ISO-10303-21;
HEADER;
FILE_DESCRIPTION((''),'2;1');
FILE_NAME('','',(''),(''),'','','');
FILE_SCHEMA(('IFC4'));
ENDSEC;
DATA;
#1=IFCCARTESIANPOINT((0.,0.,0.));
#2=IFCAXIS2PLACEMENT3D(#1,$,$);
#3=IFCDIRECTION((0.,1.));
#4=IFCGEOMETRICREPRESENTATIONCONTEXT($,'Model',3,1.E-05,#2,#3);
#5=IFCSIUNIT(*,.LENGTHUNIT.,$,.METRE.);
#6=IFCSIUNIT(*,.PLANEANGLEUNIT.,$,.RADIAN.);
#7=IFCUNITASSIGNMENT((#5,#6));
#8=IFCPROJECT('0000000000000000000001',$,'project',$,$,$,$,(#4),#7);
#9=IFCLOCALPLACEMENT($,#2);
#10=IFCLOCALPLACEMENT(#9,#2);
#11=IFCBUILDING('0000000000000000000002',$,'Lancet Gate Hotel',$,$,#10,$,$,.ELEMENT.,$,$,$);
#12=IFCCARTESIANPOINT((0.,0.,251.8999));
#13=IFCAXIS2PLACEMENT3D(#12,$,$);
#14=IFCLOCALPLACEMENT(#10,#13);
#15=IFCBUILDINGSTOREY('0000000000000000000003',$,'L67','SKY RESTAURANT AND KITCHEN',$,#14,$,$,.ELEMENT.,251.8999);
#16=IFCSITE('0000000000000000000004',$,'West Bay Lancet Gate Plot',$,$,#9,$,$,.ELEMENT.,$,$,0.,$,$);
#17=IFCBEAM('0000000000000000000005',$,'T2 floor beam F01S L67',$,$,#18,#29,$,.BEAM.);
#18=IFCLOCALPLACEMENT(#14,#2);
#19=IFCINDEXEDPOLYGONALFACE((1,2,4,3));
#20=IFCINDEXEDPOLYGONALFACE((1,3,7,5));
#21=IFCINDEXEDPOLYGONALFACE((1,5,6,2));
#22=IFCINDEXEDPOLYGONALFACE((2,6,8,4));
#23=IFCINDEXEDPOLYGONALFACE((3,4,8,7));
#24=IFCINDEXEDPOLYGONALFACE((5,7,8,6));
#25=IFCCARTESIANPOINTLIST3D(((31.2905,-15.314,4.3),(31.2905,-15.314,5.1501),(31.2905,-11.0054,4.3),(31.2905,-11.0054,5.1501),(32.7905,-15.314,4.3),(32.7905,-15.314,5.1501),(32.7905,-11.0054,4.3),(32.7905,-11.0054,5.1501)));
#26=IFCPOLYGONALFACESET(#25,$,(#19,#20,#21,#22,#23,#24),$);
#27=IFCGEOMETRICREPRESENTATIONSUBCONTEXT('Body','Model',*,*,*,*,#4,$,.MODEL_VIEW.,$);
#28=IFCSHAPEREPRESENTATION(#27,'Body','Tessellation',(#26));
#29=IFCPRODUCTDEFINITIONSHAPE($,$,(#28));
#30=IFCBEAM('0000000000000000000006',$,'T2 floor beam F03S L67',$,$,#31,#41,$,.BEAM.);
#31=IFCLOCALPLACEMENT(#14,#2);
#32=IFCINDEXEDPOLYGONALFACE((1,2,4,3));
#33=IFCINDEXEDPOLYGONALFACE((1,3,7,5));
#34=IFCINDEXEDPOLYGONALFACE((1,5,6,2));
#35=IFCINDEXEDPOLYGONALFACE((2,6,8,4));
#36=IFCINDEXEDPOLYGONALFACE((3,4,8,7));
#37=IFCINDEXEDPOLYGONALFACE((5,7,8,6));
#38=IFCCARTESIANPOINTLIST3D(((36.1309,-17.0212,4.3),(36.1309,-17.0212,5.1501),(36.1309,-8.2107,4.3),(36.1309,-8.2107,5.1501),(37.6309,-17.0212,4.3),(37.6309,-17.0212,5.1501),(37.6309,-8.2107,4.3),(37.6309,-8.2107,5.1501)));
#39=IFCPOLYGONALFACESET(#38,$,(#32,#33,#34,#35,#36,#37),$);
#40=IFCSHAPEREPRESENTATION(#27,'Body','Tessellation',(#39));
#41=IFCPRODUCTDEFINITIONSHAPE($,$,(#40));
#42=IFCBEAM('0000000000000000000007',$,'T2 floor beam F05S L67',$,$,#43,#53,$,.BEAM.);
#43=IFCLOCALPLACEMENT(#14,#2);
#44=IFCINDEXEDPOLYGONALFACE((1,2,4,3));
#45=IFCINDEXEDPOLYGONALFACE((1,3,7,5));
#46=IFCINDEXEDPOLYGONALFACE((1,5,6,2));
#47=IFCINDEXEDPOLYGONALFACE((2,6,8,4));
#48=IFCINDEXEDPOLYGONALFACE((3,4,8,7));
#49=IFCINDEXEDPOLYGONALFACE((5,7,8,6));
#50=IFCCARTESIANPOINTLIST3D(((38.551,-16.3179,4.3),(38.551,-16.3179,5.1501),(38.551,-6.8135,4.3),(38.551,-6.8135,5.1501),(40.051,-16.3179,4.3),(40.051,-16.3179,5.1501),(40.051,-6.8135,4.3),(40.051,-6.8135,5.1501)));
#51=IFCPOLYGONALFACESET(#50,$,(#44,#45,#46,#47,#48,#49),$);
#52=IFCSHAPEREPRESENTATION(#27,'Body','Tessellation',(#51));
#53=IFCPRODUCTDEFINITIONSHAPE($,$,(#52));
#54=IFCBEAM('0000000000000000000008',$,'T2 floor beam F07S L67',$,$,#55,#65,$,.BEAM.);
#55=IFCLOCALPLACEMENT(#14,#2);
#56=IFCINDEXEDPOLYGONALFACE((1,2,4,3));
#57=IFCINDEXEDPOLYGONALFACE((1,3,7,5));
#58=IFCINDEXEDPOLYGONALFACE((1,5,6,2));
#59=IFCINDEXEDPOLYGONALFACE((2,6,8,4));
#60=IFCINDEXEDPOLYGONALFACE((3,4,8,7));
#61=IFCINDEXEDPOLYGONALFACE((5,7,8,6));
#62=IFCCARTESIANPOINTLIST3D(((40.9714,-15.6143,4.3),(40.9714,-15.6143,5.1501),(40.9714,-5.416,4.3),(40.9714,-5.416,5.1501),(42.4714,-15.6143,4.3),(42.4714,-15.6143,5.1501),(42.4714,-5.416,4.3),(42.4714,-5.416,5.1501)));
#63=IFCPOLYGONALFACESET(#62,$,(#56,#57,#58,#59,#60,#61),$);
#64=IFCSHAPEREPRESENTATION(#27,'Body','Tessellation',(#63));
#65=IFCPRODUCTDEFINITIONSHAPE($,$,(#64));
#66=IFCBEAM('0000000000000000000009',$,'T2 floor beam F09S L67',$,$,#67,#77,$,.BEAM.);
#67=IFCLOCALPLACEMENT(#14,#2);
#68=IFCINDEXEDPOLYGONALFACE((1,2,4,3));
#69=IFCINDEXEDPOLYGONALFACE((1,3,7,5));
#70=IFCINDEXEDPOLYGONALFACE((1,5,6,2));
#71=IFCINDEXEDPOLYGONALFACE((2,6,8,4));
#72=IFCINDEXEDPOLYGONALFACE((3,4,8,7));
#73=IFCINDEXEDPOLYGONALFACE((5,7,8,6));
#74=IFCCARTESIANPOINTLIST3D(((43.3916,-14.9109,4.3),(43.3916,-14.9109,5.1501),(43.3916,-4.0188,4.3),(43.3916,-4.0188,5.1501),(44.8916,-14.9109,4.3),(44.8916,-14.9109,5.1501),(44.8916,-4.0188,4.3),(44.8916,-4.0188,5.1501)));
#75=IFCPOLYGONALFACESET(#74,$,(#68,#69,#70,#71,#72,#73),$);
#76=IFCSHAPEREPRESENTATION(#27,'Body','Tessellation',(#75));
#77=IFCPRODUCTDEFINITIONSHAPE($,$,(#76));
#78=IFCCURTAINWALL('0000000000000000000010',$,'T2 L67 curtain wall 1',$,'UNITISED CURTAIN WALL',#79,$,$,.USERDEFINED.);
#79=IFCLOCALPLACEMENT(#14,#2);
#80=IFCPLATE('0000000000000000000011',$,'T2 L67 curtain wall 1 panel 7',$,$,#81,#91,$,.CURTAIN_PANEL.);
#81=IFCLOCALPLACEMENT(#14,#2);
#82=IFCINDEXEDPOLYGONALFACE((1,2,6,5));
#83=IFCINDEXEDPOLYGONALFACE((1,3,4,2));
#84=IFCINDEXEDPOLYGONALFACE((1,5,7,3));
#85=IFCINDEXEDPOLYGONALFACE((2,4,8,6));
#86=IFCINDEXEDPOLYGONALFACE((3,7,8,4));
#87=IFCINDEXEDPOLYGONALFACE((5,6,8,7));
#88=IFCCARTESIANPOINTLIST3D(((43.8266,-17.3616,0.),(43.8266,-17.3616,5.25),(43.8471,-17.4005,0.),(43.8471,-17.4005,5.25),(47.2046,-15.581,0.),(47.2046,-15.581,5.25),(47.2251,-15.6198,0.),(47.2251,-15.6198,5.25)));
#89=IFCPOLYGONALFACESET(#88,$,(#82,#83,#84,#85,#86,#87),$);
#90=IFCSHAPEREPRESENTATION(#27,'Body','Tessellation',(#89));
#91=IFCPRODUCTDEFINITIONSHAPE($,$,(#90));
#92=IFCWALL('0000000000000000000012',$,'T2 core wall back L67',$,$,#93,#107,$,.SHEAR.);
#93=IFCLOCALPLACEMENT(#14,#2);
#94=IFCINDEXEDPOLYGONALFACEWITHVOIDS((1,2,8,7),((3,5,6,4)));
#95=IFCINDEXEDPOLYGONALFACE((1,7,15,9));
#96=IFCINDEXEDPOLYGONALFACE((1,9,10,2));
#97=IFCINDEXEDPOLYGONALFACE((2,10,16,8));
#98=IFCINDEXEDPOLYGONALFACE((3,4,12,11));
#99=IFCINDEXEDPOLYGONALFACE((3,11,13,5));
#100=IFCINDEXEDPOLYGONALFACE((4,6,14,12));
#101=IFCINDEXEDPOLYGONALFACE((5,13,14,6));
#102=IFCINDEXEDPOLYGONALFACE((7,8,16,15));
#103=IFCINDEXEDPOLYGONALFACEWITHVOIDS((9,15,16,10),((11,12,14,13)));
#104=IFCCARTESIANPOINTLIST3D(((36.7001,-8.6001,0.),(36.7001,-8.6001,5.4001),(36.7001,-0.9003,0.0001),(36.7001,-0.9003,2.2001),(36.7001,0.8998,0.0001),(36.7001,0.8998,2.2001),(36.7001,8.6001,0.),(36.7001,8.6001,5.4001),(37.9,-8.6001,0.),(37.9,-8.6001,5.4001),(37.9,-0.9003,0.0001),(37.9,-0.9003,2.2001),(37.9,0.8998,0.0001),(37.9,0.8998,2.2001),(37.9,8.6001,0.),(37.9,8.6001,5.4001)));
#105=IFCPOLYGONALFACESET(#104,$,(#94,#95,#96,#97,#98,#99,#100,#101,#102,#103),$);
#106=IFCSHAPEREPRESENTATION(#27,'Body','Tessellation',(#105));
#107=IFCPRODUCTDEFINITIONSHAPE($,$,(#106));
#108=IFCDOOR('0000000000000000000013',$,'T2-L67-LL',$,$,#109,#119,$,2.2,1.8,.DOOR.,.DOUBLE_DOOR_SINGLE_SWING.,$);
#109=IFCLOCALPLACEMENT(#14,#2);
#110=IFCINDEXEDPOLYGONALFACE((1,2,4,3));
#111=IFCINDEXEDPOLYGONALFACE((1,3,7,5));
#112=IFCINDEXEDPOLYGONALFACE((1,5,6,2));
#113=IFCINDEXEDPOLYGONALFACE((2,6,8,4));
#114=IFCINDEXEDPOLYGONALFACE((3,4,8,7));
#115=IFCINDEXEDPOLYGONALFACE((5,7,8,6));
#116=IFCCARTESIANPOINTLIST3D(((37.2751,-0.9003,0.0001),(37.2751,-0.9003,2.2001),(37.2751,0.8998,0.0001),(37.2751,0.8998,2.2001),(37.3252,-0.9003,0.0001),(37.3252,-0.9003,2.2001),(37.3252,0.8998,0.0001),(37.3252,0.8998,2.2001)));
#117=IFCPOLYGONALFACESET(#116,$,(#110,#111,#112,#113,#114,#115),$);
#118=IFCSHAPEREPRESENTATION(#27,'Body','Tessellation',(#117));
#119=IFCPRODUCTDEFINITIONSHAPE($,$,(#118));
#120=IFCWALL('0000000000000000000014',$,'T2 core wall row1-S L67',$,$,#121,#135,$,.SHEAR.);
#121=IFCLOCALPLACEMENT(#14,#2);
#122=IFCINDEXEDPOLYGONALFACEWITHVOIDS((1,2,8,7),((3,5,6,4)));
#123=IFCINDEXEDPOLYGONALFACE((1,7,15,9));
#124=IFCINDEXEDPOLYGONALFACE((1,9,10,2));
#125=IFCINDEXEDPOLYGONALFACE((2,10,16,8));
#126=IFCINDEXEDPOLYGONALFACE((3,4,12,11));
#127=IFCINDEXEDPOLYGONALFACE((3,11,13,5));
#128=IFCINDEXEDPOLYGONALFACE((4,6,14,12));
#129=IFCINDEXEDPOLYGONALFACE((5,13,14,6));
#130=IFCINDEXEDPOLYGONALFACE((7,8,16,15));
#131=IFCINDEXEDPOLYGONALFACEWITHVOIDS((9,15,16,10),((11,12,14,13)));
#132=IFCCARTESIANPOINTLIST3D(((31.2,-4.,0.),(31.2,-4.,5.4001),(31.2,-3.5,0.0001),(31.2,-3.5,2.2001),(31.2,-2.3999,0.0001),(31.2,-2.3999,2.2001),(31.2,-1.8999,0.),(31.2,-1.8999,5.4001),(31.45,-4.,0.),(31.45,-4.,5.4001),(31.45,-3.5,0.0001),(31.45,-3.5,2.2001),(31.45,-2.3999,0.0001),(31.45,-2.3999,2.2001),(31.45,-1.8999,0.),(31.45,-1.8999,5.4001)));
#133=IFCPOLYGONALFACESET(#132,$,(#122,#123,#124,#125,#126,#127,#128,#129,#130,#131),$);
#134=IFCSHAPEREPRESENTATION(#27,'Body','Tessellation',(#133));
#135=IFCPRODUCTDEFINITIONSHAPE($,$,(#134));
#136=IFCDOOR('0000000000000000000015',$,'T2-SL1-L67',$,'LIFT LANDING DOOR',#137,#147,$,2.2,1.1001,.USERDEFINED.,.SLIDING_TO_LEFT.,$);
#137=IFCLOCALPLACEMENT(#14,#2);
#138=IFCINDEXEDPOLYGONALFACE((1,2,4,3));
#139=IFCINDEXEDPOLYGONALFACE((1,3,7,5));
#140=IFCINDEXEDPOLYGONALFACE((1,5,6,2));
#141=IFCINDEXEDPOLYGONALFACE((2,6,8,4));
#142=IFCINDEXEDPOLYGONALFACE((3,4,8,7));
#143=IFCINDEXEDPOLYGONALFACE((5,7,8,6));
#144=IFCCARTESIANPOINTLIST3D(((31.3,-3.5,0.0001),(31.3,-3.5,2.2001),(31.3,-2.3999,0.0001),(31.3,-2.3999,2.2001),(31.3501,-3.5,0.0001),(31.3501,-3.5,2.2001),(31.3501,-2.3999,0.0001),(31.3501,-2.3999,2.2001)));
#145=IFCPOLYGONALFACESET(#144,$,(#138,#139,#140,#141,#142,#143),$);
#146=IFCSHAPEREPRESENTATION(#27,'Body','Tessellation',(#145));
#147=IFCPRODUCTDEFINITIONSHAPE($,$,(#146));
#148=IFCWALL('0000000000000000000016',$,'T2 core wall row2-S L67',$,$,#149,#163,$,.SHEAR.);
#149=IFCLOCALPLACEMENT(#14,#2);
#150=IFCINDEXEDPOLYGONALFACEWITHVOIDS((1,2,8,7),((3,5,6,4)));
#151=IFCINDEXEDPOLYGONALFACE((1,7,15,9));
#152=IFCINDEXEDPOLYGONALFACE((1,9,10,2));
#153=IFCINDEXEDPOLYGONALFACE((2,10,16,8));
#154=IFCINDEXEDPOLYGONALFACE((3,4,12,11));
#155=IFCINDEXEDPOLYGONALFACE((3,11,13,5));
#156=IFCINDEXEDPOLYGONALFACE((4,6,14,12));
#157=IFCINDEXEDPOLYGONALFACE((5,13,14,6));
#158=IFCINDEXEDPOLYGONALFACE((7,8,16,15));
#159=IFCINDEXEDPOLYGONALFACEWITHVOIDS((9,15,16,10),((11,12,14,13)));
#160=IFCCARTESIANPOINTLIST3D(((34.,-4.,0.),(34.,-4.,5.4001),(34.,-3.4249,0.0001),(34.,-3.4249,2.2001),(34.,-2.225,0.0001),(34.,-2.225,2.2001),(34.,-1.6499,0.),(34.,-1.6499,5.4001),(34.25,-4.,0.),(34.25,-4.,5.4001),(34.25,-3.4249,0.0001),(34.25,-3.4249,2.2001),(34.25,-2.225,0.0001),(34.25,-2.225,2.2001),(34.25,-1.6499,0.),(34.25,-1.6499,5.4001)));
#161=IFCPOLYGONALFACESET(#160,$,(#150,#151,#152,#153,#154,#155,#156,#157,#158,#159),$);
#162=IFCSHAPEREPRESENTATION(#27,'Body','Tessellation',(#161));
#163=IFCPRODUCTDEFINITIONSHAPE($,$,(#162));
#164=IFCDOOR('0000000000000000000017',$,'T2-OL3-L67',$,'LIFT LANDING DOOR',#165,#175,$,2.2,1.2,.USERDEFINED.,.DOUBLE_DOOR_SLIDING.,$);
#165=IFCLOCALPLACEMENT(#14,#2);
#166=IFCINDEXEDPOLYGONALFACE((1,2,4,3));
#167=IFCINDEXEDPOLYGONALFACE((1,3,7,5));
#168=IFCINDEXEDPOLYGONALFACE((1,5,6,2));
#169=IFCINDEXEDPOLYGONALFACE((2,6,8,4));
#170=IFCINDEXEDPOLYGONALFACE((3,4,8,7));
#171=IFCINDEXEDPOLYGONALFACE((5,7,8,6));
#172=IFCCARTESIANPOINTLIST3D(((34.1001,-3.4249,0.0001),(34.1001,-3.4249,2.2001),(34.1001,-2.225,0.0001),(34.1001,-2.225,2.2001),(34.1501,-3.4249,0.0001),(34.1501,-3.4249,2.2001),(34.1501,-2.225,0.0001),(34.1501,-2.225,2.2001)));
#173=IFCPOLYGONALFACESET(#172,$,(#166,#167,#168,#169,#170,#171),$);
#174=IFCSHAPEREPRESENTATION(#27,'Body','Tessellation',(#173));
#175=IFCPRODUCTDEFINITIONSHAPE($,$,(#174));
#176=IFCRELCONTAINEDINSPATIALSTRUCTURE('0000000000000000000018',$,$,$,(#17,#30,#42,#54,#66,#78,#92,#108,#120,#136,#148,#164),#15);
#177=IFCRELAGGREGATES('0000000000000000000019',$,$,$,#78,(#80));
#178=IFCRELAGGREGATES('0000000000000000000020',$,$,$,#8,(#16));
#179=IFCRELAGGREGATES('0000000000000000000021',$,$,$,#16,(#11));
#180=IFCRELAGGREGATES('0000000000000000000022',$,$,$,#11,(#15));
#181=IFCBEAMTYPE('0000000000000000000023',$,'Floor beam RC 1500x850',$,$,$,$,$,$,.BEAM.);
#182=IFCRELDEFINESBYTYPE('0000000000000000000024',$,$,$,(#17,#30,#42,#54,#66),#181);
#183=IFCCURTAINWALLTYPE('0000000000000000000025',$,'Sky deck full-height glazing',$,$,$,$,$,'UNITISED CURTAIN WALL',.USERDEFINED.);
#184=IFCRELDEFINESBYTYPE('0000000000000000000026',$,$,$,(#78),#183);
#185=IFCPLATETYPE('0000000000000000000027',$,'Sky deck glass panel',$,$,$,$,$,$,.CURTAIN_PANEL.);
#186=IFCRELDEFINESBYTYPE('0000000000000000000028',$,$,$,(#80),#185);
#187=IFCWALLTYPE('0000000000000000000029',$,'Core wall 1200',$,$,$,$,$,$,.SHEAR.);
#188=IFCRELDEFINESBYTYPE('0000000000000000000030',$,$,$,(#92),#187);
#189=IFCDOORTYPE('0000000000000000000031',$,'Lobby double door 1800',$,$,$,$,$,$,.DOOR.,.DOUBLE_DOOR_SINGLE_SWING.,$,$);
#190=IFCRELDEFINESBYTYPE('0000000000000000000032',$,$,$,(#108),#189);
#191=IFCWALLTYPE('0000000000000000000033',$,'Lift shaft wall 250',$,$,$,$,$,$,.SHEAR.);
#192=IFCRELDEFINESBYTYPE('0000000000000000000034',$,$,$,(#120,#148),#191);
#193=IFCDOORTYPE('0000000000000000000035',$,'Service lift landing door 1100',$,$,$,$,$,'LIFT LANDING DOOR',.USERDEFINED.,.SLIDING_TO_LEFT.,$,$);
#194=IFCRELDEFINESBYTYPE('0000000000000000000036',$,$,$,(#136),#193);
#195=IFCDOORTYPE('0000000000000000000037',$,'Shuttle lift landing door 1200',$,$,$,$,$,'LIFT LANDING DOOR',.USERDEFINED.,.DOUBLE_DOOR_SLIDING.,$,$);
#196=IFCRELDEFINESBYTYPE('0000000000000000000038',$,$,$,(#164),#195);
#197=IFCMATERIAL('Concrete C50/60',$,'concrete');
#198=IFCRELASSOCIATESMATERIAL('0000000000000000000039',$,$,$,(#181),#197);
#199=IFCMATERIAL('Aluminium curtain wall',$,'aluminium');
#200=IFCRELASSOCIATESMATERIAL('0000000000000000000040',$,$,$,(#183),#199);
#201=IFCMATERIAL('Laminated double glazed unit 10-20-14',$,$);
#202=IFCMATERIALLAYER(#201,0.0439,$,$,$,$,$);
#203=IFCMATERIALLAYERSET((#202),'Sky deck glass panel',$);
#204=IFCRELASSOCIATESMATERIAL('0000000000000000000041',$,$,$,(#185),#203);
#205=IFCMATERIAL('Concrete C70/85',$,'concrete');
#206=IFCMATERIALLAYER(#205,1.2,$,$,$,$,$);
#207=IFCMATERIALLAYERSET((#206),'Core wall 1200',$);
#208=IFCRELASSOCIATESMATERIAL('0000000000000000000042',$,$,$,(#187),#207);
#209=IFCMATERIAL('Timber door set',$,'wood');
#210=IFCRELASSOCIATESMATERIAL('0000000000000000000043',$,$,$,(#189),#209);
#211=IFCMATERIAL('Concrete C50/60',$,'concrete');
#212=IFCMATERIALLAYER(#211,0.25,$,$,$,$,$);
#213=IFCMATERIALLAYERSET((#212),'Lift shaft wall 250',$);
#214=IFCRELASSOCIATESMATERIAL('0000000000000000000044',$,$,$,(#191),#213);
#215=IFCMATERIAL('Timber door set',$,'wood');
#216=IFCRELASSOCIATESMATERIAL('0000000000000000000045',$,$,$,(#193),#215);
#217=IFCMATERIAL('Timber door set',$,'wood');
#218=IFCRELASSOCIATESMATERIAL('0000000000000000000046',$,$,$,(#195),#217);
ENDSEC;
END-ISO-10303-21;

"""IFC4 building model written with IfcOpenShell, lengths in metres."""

from ifc_helpers import new_model, si_unit, direction, frame, frame_2d, origin, origin_2d, place, context, subcontext, project, spatial, rectangle, extrude, material, layer, layer_set, material_profile, profile_set, type_object, element, fill, aggregate, save


model = new_model("IFC4")

# Units and contexts
model_context = context("Model", 3, precision=1e-05, world=origin(), true_north=direction((0.0, 1.0)))
body_context = subcontext(model_context, "Body", "Model", "MODEL_VIEW")
ifc_project = project(units=[si_unit("LENGTHUNIT", "METRE"), si_unit("PLANEANGLEUNIT", "RADIAN")], contexts=[model_context])

# Site, building, storey
site_placement = place(None, origin())
site = spatial("IfcSite", under=ifc_project, at=site_placement, Name="West Bay Lancet Gate Plot", CompositionType="ELEMENT", RefElevation=0.0)
building_placement = place(site_placement, origin())
building = spatial("IfcBuilding", under=site, at=building_placement, Name="Lancet Gate Hotel", CompositionType="ELEMENT")
storey_placement = place(building_placement, frame((0.0, 0.0, 251.8999)))
storey = spatial("IfcBuildingStorey", under=building, at=storey_placement, Name="L67", Description="SKY RESTAURANT AND KITCHEN", CompositionType="ELEMENT", Elevation=251.8999)

# Beams
ifc_material_1 = material(Name="Concrete C50/60", Category="concrete")
ifc_material_profile = material_profile(ifc_material_1, rectangle(XDim=1.5, YDim=0.8501, at=origin_2d()), Name="RC 1500x850")
ifc_profile_set = profile_set([ifc_material_profile], Name="Concrete C50/60")
beam_type = type_object("IfcBeamType", Name="Floor beam RC 1500x850", PredefinedType="BEAM", material=ifc_profile_set)
beam_1_placement = place(storey_placement, frame((32.0405, -15.314, 4.7251), z_axis=(0.0, 1.0, 0.0), x_axis=(-1.0, 0.0, 0.0)))
element("IfcBeam", 1, at=beam_1_placement, inside=storey, type_object=beam_type, Name="T2 floor beam F01S L67", PredefinedType="BEAM", context=body_context, shape_type="SweptSolid", body=[
    extrude(rectangle(XDim=1.5, YDim=0.8501, at=origin_2d()), origin(), (0.0, 0.0, 1.0), 4.3086),
])
beam_2_placement = place(storey_placement, frame((36.8809, -17.0212, 4.7251), z_axis=(0.0, 1.0, 0.0), x_axis=(-1.0, 0.0, 0.0)))
element("IfcBeam", 2, at=beam_2_placement, inside=storey, type_object=beam_type, Name="T2 floor beam F03S L67", PredefinedType="BEAM", context=body_context, shape_type="SweptSolid", body=[
    extrude(rectangle(XDim=1.5, YDim=0.8501, at=origin_2d()), origin(), (0.0, 0.0, 1.0), 8.8105),
])
beam_3_placement = place(storey_placement, frame((39.301, -16.3179, 4.7251), z_axis=(0.0, 1.0, 0.0), x_axis=(-1.0, 0.0, 0.0)))
element("IfcBeam", 3, at=beam_3_placement, inside=storey, type_object=beam_type, Name="T2 floor beam F05S L67", PredefinedType="BEAM", context=body_context, shape_type="SweptSolid", body=[
    extrude(rectangle(XDim=1.5, YDim=0.8501, at=origin_2d()), origin(), (0.0, 0.0, 1.0), 9.5044),
])
beam_4_placement = place(storey_placement, frame((41.7214, -15.6143, 4.7251), z_axis=(0.0, 1.0, 0.0), x_axis=(-1.0, 0.0, 0.0)))
element("IfcBeam", 4, at=beam_4_placement, inside=storey, type_object=beam_type, Name="T2 floor beam F07S L67", PredefinedType="BEAM", context=body_context, shape_type="SweptSolid", body=[
    extrude(rectangle(XDim=1.5, YDim=0.8501, at=origin_2d()), origin(), (0.0, 0.0, 1.0), 10.1982),
])
beam_5_placement = place(storey_placement, frame((44.1416, -14.9109, 4.7251), z_axis=(0.0, 1.0, 0.0), x_axis=(-1.0, 0.0, 0.0)))
element("IfcBeam", 5, at=beam_5_placement, inside=storey, type_object=beam_type, Name="T2 floor beam F09S L67", PredefinedType="BEAM", context=body_context, shape_type="SweptSolid", body=[
    extrude(rectangle(XDim=1.5, YDim=0.8501, at=origin_2d()), origin(), (0.0, 0.0, 1.0), 10.8921),
])

# Curtain wall, plate
ifc_material_2 = material(Name="Aluminium curtain wall", Category="aluminium")
curtain_wall_type = type_object("IfcCurtainWallType", Name="Sky deck full-height glazing", ElementType="UNITISED CURTAIN WALL", PredefinedType="USERDEFINED", material=ifc_material_2)
curtain_wall_placement = place(storey_placement, origin())
curtain_wall = element("IfcCurtainWall", 6, at=curtain_wall_placement, inside=storey, type_object=curtain_wall_type, Name="T2 L67 curtain wall 1", ObjectType="UNITISED CURTAIN WALL", PredefinedType="USERDEFINED")
ifc_material_3 = material(Name="Laminated double glazed unit 10-20-14")
ifc_layer_1 = layer(ifc_material_3, 0.0439)
ifc_layer_set_1 = layer_set([ifc_layer_1], Name="Sky deck glass panel")
plate_type = type_object("IfcPlateType", Name="Sky deck glass panel", PredefinedType="CURTAIN_PANEL", material=ifc_layer_set_1)
plate_placement = place(storey_placement, frame((45.5259, -16.4907, 0.0), z_axis=(0.0, 0.0, 1.0), x_axis=(0.884623, 0.466307, 0.0)))
plate = element("IfcPlate", 7, at=plate_placement, type_object=plate_type, Name="T2 L67 curtain wall 1 panel 7", PredefinedType="CURTAIN_PANEL", context=body_context, shape_type="SweptSolid", body=[
    extrude(rectangle(XDim=3.8186, YDim=0.0439, at=origin_2d()), origin(), (0.0, 0.0, 1.0), 5.25),
])
aggregate(curtain_wall, [plate])

# Walls, openings, doors
ifc_material_4 = material(Name="Concrete C70/85", Category="concrete")
ifc_layer_2 = layer(ifc_material_4, 1.2)
ifc_layer_set_2 = layer_set([ifc_layer_2], Name="Core wall 1200")
wall_type_1 = type_object("IfcWallType", Name="Core wall 1200", PredefinedType="SHEAR", material=ifc_layer_set_2)
wall_1_placement = place(storey_placement, frame((37.3, -8.6001, 0.0), z_axis=(0.0, 0.0, 1.0), x_axis=(0.0, 1.0, 0.0)))
wall_1 = element("IfcWall", 8, at=wall_1_placement, inside=storey, type_object=wall_type_1, Name="T2 core wall back L67", PredefinedType="SHEAR", context=body_context, shape_type="SweptSolid", body=[
    extrude(rectangle(XDim=17.2002, YDim=1.2, at=frame_2d((8.6001, 0.0))), origin(), (0.0, 0.0, 1.0), 5.4001),
])
opening_1_placement = place(wall_1_placement, frame((7.7, 0.0, 0.0)))
opening_1 = element("IfcOpeningElement", 9, at=opening_1_placement, cuts=wall_1, PredefinedType="OPENING", context=body_context, shape_type="SweptSolid", body=[
    extrude(rectangle(XDim=1.8, YDim=2.2, at=frame_2d((0.8999, 1.1001))), frame((0.0, 0.6099, 0.0), z_axis=(0.0, -1.0, 0.0), x_axis=(1.0, 0.0, 0.0)), (0.0, 0.0, 1.0), 1.22),
])
ifc_material_5 = material(Name="Timber door set", Category="wood")
door_type_1 = type_object("IfcDoorType", Name="Lobby double door 1800", OperationType="DOUBLE_DOOR_SINGLE_SWING", PredefinedType="DOOR", material=ifc_material_5)
door_1_placement = place(opening_1_placement, origin())
door_1 = element("IfcDoor", 10, at=door_1_placement, inside=storey, type_object=door_type_1, Name="T2-L67-LL", OperationType="DOUBLE_DOOR_SINGLE_SWING", OverallHeight=2.2, OverallWidth=1.8, PredefinedType="DOOR", context=body_context, shape_type="SweptSolid", body=[
    extrude(rectangle(XDim=1.8, YDim=2.2, at=frame_2d((0.8999, 1.1001))), frame((0.0, 0.0249, 0.0), z_axis=(0.0, -1.0, 0.0), x_axis=(1.0, 0.0, 0.0)), (0.0, 0.0, 1.0), 0.05),
])
fill(opening_1, door_1)
ifc_material_6 = material(Name="Concrete C50/60", Category="concrete")
ifc_layer_3 = layer(ifc_material_6, 0.25)
ifc_layer_set_3 = layer_set([ifc_layer_3], Name="Lift shaft wall 250")
wall_type_2 = type_object("IfcWallType", Name="Lift shaft wall 250", PredefinedType="SHEAR", material=ifc_layer_set_3)
wall_2_placement = place(storey_placement, frame((31.325, -4.0, 0.0), z_axis=(0.0, 0.0, 1.0), x_axis=(0.0, 1.0, 0.0)))
wall_2 = element("IfcWall", 11, at=wall_2_placement, inside=storey, type_object=wall_type_2, Name="T2 core wall row1-S L67", PredefinedType="SHEAR", context=body_context, shape_type="SweptSolid", body=[
    extrude(rectangle(XDim=2.1001, YDim=0.25, at=frame_2d((1.05, 0.0))), origin(), (0.0, 0.0, 1.0), 5.4001),
])
opening_2_placement = place(wall_2_placement, frame((0.5, 0.0, 0.0)))
opening_2 = element("IfcOpeningElement", 12, at=opening_2_placement, cuts=wall_2, PredefinedType="OPENING", context=body_context, shape_type="SweptSolid", body=[
    extrude(rectangle(XDim=1.1001, YDim=2.2, at=frame_2d((0.55, 1.1001))), frame((0.0, 0.135, 0.0), z_axis=(0.0, -1.0, 0.0), x_axis=(1.0, 0.0, 0.0)), (0.0, 0.0, 1.0), 0.27),
])
ifc_material_7 = material(Name="Timber door set", Category="wood")
door_type_2 = type_object("IfcDoorType", Name="Service lift landing door 1100", ElementType="LIFT LANDING DOOR", OperationType="SLIDING_TO_LEFT", PredefinedType="USERDEFINED", material=ifc_material_7)
door_2_placement = place(opening_2_placement, origin())
door_2 = element("IfcDoor", 13, at=door_2_placement, inside=storey, type_object=door_type_2, Name="T2-SL1-L67", ObjectType="LIFT LANDING DOOR", OperationType="SLIDING_TO_LEFT", OverallHeight=2.2, OverallWidth=1.1001, PredefinedType="USERDEFINED", context=body_context, shape_type="SweptSolid", body=[
    extrude(rectangle(XDim=1.1001, YDim=2.2, at=frame_2d((0.55, 1.1001))), frame((0.0, 0.0249, 0.0), z_axis=(0.0, -1.0, 0.0), x_axis=(1.0, 0.0, 0.0)), (0.0, 0.0, 1.0), 0.05),
])
fill(opening_2, door_2)
wall_3_placement = place(storey_placement, frame((34.125, -4.0, 0.0), z_axis=(0.0, 0.0, 1.0), x_axis=(0.0, 1.0, 0.0)))
wall_3 = element("IfcWall", 14, at=wall_3_placement, inside=storey, type_object=wall_type_2, Name="T2 core wall row2-S L67", PredefinedType="SHEAR", context=body_context, shape_type="SweptSolid", body=[
    extrude(rectangle(XDim=2.3501, YDim=0.25, at=frame_2d((1.175, 0.0))), origin(), (0.0, 0.0, 1.0), 5.4001),
])
opening_3_placement = place(wall_3_placement, frame((0.575, 0.0, 0.0)))
opening_3 = element("IfcOpeningElement", 15, at=opening_3_placement, cuts=wall_3, PredefinedType="OPENING", context=body_context, shape_type="SweptSolid", body=[
    extrude(rectangle(XDim=1.2, YDim=2.2, at=frame_2d((0.6001, 1.1001))), frame((0.0, 0.135, 0.0), z_axis=(0.0, -1.0, 0.0), x_axis=(1.0, 0.0, 0.0)), (0.0, 0.0, 1.0), 0.27),
])
ifc_material_8 = material(Name="Timber door set", Category="wood")
door_type_3 = type_object("IfcDoorType", Name="Shuttle lift landing door 1200", ElementType="LIFT LANDING DOOR", OperationType="DOUBLE_DOOR_SLIDING", PredefinedType="USERDEFINED", material=ifc_material_8)
door_3_placement = place(opening_3_placement, origin())
door_3 = element("IfcDoor", 16, at=door_3_placement, inside=storey, type_object=door_type_3, Name="T2-OL3-L67", ObjectType="LIFT LANDING DOOR", OperationType="DOUBLE_DOOR_SLIDING", OverallHeight=2.2, OverallWidth=1.2, PredefinedType="USERDEFINED", context=body_context, shape_type="SweptSolid", body=[
    extrude(rectangle(XDim=1.2, YDim=2.2, at=frame_2d((0.6001, 1.1001))), frame((0.0, 0.0249, 0.0), z_axis=(0.0, -1.0, 0.0), x_axis=(1.0, 0.0, 0.0)), (0.0, 0.0, 1.0), 0.05),
])
fill(opening_3, door_3)

save(model, "model.ifc")
